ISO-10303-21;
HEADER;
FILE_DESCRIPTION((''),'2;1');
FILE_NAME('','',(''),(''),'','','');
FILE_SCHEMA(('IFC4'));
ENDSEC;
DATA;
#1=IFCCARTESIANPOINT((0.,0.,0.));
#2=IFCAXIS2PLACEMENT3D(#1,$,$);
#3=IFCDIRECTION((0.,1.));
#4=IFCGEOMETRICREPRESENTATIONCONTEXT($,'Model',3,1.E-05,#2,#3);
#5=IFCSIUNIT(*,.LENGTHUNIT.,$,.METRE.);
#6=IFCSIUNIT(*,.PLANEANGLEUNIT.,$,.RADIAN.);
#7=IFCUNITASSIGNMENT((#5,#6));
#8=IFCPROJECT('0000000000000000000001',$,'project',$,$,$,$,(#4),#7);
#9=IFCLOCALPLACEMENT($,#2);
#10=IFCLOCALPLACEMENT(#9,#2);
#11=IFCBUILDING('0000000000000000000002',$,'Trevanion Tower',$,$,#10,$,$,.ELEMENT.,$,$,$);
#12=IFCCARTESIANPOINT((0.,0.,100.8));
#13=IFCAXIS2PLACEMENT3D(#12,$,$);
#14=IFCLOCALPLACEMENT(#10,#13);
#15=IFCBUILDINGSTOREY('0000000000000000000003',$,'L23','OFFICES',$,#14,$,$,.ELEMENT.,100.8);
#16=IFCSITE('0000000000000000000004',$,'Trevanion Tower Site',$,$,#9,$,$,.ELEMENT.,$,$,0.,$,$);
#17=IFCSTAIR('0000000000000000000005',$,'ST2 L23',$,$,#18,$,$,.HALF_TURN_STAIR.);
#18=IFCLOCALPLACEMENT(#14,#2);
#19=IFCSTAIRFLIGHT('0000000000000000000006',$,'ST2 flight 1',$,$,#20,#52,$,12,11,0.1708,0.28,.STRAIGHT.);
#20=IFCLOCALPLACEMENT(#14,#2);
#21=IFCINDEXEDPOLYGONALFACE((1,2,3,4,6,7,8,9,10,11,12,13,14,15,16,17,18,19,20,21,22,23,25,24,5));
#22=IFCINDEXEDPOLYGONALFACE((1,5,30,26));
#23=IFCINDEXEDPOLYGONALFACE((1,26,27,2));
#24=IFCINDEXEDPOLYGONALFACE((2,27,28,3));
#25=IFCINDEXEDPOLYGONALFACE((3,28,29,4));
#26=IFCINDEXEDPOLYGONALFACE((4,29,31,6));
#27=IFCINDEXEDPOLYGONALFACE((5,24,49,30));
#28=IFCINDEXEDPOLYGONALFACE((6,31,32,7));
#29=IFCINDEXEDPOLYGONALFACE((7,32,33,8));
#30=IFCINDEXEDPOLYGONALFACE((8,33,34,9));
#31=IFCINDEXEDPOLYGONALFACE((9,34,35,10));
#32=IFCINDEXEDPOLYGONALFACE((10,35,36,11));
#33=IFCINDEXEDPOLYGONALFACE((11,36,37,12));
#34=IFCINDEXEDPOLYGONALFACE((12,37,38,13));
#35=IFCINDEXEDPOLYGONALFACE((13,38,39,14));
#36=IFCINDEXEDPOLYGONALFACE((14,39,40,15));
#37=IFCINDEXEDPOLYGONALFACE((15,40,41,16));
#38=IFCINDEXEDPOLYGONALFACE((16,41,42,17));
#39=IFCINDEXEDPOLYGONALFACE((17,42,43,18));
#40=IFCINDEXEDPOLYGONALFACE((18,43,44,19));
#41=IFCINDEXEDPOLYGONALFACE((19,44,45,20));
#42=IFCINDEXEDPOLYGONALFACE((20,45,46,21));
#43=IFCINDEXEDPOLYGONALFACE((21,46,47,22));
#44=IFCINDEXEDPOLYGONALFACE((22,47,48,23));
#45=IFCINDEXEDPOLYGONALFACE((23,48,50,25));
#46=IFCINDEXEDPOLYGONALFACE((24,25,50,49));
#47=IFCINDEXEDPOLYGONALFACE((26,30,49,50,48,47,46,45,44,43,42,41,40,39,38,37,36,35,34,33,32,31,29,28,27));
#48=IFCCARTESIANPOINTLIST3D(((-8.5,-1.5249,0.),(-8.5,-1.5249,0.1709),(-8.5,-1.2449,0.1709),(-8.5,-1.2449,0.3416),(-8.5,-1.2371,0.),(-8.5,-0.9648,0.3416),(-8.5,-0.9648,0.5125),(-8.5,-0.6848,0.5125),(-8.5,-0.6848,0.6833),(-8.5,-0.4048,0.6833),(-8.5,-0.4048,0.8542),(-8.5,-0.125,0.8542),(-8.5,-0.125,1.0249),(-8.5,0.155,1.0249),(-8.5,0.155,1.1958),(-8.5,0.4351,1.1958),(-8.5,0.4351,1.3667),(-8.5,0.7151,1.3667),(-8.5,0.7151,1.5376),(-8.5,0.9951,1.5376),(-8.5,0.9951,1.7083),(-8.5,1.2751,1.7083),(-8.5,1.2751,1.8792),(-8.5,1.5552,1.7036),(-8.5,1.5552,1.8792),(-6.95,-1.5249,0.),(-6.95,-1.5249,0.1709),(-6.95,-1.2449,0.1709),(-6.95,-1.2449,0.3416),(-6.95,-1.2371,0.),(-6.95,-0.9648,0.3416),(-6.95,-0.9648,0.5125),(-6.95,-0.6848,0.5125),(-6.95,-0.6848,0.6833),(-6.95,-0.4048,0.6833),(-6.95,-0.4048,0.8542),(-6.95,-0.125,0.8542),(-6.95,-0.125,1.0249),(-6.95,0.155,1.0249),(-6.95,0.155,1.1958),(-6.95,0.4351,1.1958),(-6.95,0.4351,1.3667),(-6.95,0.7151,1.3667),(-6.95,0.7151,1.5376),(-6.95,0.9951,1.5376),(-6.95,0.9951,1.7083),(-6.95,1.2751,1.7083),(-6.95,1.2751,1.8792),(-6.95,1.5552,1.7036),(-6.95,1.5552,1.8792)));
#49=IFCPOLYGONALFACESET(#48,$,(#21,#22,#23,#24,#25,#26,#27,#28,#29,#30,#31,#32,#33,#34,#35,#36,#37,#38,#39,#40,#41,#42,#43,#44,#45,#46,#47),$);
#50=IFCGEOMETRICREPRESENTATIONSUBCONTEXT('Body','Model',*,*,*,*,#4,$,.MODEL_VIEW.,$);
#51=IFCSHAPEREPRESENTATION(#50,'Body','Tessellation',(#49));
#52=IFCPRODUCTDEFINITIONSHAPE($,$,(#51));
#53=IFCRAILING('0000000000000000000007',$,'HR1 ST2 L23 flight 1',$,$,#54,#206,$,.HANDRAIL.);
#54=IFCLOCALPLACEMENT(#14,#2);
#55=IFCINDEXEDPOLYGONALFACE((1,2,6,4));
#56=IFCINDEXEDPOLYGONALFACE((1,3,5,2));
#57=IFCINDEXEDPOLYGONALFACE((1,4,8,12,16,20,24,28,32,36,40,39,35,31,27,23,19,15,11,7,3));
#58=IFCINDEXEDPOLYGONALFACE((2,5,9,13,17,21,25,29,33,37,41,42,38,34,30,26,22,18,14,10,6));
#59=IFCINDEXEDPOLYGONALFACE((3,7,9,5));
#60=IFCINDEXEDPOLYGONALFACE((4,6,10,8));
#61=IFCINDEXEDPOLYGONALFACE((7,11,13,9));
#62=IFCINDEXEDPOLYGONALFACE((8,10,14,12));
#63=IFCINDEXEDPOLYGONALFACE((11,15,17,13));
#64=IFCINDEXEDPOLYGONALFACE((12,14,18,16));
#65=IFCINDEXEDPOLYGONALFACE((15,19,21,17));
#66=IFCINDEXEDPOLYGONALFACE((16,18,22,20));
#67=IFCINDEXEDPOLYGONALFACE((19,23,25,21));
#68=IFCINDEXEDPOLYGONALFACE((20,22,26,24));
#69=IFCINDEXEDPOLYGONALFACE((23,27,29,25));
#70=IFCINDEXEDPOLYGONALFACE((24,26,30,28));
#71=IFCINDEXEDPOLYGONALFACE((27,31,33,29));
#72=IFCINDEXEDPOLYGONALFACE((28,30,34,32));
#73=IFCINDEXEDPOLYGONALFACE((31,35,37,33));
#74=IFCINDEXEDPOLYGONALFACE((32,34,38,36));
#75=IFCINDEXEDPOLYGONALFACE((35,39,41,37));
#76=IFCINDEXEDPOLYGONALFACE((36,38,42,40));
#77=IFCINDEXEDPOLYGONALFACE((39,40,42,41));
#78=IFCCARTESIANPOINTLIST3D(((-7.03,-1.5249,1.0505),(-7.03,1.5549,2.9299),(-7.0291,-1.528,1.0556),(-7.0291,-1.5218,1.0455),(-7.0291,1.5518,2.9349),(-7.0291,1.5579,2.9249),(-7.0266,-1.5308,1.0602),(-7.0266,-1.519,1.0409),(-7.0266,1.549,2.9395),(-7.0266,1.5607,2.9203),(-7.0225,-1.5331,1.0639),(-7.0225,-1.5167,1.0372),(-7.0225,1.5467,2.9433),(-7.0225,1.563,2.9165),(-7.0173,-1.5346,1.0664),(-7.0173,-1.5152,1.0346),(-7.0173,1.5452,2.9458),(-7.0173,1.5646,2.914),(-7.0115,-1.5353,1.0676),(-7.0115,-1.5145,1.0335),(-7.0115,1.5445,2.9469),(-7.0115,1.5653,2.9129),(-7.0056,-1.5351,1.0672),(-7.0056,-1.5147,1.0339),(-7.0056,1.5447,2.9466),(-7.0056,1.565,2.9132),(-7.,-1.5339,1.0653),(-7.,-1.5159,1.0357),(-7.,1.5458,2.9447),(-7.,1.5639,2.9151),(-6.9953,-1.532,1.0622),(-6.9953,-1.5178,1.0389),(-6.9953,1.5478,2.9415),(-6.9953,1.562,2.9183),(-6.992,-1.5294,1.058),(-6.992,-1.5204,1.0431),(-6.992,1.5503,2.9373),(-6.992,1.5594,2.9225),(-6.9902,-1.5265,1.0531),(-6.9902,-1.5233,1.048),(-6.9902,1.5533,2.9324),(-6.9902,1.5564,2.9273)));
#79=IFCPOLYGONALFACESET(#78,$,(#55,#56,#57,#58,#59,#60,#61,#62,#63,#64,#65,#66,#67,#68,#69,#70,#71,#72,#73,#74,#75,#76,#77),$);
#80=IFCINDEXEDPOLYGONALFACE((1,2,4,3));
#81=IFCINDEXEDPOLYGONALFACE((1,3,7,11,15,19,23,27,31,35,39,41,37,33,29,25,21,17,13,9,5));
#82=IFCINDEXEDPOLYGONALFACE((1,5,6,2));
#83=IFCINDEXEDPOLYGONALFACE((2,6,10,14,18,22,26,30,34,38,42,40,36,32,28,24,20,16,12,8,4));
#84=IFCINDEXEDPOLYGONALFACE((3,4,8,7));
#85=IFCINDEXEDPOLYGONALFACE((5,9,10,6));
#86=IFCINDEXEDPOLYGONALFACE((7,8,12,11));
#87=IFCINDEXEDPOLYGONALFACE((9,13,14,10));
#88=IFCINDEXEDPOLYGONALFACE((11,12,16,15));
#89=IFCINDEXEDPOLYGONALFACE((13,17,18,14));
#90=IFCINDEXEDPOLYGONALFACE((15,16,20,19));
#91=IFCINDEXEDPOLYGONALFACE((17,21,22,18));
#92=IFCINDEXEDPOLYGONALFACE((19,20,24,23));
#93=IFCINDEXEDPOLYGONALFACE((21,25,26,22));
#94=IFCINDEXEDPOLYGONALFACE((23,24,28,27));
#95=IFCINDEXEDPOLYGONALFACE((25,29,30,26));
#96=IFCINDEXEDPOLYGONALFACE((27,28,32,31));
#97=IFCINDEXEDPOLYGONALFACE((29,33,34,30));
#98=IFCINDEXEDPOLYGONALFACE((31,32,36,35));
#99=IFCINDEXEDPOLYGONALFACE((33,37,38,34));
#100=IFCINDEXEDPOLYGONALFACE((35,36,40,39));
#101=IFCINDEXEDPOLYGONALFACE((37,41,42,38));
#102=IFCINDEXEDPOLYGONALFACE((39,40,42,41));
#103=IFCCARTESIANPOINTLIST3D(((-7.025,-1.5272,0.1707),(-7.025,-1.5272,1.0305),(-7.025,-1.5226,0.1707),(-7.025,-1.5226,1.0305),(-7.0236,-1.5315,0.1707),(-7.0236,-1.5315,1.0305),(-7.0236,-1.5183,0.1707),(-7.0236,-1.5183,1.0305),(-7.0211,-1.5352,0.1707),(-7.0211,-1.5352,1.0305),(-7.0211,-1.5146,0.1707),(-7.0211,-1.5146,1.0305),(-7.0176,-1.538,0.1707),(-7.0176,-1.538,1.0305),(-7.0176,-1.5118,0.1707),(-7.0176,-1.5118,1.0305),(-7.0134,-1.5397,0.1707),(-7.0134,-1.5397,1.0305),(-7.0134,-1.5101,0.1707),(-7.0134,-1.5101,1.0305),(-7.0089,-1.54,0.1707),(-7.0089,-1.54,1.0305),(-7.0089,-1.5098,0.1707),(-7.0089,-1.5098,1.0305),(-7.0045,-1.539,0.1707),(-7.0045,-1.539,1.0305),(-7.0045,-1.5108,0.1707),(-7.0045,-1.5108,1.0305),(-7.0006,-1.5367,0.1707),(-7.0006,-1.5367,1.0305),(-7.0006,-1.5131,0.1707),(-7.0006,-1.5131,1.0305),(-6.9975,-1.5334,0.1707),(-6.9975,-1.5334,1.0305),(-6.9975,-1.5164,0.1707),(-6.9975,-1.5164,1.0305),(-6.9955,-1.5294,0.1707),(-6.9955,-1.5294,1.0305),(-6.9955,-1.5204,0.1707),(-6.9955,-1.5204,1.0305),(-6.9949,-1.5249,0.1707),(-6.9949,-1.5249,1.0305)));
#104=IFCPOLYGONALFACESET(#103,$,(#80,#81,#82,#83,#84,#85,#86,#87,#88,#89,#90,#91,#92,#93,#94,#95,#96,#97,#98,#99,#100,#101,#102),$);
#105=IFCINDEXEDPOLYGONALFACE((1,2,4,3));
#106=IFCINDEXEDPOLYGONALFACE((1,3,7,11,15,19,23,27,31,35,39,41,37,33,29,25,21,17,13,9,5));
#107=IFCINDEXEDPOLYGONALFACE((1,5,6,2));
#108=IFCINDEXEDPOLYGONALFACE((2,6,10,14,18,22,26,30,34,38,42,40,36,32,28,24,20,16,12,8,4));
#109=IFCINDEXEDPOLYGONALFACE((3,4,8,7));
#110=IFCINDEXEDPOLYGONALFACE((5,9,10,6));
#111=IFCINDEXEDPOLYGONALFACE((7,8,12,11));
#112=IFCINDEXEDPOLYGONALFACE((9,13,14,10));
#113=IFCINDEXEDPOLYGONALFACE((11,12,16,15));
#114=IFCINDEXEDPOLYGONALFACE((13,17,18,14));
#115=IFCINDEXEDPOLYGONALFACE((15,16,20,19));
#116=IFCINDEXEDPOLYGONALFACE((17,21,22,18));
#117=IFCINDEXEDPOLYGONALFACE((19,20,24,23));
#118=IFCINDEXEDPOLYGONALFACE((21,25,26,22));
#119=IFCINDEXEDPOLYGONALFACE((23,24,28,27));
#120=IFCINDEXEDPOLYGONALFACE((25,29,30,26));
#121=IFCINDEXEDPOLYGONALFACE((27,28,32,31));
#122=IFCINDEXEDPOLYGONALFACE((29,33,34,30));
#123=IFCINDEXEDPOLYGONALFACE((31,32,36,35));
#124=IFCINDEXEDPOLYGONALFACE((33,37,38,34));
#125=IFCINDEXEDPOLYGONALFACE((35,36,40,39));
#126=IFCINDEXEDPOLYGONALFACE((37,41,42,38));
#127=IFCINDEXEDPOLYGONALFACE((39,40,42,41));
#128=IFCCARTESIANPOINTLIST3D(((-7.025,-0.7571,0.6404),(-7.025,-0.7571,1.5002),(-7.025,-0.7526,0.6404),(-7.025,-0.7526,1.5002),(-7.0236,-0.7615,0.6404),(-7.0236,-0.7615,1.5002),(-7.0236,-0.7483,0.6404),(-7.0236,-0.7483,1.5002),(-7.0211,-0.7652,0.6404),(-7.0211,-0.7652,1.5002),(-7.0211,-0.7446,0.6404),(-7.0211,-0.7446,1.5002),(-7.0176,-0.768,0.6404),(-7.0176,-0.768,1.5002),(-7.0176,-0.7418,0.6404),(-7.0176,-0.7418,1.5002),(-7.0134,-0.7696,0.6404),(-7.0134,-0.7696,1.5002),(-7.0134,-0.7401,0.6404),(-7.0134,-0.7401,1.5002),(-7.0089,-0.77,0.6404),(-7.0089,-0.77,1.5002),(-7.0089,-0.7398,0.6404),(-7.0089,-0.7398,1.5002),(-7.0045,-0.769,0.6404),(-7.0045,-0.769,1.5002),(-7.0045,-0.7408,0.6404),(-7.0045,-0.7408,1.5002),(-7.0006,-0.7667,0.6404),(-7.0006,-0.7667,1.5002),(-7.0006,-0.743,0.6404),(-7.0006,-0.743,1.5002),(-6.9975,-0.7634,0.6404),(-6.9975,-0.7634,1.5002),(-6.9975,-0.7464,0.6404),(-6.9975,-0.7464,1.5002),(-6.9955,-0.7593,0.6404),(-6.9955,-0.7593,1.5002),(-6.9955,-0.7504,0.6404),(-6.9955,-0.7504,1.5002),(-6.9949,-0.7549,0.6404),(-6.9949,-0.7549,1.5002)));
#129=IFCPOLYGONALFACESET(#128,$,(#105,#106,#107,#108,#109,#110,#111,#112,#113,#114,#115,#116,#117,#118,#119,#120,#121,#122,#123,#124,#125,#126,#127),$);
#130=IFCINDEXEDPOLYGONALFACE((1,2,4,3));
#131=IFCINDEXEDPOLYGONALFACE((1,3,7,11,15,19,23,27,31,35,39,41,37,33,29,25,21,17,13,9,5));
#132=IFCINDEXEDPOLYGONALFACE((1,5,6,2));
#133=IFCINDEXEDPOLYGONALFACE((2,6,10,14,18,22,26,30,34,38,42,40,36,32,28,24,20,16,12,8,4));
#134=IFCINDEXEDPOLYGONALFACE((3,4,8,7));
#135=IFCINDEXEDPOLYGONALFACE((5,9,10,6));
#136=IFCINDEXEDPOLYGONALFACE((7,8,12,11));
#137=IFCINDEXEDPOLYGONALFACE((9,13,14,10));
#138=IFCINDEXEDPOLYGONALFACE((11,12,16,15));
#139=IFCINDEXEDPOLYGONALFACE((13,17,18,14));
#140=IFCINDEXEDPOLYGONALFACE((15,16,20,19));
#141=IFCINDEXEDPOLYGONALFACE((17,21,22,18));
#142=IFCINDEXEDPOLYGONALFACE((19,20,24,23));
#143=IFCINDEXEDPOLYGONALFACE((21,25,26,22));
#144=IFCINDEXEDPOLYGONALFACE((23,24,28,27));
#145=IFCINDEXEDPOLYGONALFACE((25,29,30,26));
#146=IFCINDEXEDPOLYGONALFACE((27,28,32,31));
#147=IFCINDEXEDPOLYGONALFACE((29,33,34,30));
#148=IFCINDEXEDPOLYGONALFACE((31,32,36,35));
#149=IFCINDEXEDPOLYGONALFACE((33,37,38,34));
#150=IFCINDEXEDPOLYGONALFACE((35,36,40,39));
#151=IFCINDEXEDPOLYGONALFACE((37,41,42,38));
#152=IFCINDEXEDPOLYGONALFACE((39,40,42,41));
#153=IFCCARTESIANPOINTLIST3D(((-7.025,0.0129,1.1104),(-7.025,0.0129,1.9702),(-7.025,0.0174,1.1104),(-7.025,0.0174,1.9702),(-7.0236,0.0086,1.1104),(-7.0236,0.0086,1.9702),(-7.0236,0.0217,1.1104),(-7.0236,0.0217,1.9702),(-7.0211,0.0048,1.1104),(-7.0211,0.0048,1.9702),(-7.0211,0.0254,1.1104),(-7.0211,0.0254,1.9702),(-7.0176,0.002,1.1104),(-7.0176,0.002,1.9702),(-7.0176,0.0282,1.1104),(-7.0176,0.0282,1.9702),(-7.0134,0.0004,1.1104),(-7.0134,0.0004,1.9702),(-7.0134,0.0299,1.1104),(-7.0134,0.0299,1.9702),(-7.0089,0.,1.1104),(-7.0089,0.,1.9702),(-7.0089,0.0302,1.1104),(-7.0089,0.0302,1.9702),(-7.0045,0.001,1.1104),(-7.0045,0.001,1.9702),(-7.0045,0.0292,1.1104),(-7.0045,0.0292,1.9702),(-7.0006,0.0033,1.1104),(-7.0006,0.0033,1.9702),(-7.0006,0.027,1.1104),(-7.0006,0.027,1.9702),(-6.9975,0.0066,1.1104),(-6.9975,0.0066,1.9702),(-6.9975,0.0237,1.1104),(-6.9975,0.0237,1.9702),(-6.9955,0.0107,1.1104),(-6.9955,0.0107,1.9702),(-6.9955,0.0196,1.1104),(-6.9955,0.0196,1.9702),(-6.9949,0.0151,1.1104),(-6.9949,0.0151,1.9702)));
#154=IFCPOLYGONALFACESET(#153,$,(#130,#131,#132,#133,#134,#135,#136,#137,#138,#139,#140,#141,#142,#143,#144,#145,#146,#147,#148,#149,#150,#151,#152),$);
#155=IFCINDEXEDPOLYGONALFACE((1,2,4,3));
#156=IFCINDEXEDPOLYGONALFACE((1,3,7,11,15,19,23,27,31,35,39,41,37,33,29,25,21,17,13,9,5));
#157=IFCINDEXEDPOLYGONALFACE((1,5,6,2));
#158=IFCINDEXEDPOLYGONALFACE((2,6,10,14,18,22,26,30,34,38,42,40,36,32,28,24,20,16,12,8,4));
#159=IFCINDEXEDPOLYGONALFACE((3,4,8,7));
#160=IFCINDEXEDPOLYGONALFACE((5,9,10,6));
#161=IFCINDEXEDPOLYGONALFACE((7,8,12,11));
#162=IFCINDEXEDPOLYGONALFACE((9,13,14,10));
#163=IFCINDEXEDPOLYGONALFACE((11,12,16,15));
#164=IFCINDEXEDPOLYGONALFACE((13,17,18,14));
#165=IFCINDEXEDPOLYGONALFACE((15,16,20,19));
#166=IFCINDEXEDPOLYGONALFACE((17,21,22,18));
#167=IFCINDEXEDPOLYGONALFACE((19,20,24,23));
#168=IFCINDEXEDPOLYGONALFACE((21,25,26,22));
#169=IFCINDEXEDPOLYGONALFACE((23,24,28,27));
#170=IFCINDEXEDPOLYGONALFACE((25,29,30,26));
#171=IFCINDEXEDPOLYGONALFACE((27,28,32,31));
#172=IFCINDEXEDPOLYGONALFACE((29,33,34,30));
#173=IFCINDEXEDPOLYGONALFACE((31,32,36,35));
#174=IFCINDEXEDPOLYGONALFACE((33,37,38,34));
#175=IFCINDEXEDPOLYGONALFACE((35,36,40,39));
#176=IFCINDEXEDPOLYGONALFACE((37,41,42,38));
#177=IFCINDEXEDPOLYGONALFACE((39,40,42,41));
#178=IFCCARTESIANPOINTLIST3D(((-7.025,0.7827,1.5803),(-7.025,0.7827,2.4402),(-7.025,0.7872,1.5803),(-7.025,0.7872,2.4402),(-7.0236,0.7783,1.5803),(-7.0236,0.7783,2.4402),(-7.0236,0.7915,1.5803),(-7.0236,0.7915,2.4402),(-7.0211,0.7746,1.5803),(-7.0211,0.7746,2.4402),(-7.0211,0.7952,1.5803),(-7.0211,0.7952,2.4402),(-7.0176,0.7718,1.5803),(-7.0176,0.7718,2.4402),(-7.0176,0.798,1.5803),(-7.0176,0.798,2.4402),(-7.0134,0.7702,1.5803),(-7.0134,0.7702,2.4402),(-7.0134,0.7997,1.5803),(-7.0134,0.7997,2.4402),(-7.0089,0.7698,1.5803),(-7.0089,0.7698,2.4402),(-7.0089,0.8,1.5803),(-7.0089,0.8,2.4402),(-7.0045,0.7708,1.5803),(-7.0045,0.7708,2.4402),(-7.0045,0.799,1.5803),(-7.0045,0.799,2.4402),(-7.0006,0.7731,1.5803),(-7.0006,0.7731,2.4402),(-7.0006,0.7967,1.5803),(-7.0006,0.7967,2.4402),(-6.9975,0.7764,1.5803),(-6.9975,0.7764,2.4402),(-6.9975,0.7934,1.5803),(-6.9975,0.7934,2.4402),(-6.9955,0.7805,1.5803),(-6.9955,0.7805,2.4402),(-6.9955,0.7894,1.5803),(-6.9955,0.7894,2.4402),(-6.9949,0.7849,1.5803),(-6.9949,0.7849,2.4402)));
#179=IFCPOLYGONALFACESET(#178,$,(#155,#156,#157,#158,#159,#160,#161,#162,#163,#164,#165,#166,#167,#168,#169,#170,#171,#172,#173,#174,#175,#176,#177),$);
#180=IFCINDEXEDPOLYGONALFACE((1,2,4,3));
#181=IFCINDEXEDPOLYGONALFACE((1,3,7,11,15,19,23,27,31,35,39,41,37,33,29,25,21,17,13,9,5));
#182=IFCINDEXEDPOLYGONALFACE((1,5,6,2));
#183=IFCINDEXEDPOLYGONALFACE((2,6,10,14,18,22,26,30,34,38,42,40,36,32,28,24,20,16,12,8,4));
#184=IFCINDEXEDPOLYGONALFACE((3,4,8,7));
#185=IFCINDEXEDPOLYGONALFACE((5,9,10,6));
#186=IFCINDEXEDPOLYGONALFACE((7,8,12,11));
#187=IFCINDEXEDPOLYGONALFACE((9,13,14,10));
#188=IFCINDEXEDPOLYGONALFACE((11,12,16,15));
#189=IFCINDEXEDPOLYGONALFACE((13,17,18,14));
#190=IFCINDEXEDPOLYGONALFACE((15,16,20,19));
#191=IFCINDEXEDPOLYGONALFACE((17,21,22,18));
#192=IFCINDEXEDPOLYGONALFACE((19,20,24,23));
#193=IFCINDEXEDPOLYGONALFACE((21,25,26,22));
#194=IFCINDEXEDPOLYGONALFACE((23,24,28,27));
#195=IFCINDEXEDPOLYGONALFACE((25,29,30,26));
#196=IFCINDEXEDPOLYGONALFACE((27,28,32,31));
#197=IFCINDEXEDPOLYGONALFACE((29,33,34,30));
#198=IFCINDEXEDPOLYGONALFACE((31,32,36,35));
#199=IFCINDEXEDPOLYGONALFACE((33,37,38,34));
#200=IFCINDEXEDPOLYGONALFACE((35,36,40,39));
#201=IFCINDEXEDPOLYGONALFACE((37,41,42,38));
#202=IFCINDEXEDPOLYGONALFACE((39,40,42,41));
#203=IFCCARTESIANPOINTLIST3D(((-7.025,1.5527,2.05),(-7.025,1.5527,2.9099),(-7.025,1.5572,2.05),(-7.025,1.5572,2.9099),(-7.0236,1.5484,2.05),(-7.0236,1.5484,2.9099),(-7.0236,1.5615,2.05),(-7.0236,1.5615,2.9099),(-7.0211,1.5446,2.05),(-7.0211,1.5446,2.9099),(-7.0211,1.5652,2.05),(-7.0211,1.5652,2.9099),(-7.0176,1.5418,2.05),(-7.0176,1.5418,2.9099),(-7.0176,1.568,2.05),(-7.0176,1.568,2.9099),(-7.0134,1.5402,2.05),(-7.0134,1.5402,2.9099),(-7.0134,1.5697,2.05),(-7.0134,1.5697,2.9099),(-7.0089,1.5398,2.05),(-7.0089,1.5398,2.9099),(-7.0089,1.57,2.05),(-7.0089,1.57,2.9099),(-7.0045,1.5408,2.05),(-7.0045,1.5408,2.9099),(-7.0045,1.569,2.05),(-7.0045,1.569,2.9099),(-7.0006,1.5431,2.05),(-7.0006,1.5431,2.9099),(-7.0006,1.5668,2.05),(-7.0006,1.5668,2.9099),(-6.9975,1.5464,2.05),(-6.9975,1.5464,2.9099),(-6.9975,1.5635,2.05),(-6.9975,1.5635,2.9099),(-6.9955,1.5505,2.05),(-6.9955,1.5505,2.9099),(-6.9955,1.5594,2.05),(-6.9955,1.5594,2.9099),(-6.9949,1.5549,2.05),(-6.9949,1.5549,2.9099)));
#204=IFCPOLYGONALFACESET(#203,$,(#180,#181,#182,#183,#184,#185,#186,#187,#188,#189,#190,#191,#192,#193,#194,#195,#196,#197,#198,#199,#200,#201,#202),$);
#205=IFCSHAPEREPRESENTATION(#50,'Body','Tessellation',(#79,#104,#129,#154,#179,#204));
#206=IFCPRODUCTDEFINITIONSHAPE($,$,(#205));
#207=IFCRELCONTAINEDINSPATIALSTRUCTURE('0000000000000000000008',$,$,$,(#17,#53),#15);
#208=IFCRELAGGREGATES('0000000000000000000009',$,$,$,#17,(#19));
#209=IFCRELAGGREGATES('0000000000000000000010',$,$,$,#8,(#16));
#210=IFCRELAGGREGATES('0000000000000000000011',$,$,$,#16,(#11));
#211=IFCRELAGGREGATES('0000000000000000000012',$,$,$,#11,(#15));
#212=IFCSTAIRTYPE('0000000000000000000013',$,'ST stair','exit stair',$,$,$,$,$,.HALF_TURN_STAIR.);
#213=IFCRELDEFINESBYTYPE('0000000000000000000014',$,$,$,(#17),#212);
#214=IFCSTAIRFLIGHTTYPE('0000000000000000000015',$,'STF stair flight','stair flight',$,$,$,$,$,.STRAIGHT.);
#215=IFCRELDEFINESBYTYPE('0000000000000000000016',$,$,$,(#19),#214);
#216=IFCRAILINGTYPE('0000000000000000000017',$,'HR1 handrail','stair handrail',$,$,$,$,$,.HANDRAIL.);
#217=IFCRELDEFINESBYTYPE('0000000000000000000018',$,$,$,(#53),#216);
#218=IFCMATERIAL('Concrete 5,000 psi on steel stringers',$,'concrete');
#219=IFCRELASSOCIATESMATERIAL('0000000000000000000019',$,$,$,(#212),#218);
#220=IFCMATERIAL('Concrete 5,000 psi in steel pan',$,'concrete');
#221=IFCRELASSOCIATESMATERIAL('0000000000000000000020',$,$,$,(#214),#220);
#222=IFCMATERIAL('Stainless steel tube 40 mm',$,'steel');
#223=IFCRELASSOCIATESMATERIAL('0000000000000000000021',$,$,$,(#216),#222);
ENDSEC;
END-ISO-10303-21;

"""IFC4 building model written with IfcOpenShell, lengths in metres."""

from ifc_helpers import new_model, si_unit, direction, frame, origin, origin_2d, place, context, subcontext, project, spatial, polyline, circle, outline, extrude, material, type_object, element, aggregate, save


model = new_model("IFC4")

# Units and contexts
model_context = context("Model", 3, precision=1e-05, world=origin(), true_north=direction((0.0, 1.0)))
body_context = subcontext(model_context, "Body", "Model", "MODEL_VIEW")
ifc_project = project(units=[si_unit("LENGTHUNIT", "METRE"), si_unit("PLANEANGLEUNIT", "RADIAN")], contexts=[model_context])

# Site, building, storey
site_placement = place(None, origin())
site = spatial("IfcSite", under=ifc_project, at=site_placement, Name="Trevanion Tower Site", CompositionType="ELEMENT", RefElevation=0.0)
building_placement = place(site_placement, origin())
building = spatial("IfcBuilding", under=site, at=building_placement, Name="Trevanion Tower", CompositionType="ELEMENT")
storey_placement = place(building_placement, frame((0.0, 0.0, 100.8)))
storey = spatial("IfcBuildingStorey", under=building, at=storey_placement, Name="L23", Description="OFFICES", CompositionType="ELEMENT", Elevation=100.8)

# Stair, stair flight
ifc_material_1 = material(Name="Concrete 5,000 psi on steel stringers", Category="concrete")
stair_type = type_object("IfcStairType", Name="ST stair", Description="exit stair", PredefinedType="HALF_TURN_STAIR", material=ifc_material_1)
stair_placement = place(storey_placement, origin())
stair = element("IfcStair", 1, at=stair_placement, inside=storey, type_object=stair_type, Name="ST2 L23", PredefinedType="HALF_TURN_STAIR")
ifc_material_2 = material(Name="Concrete 5,000 psi in steel pan", Category="concrete")
stair_flight_type = type_object("IfcStairFlightType", Name="STF stair flight", Description="stair flight", PredefinedType="STRAIGHT", material=ifc_material_2)
stair_flight_placement = place(storey_placement, frame((-7.7251, -1.5249, 0.0), z_axis=(0.0, 0.0, 1.0), x_axis=(0.0, 1.0, 0.0)))
stair_flight = element("IfcStairFlight", 2, at=stair_flight_placement, type_object=stair_flight_type, Name="ST2 flight 1", NumberOfRisers=12, NumberOfTreads=11, PredefinedType="STRAIGHT", RiserHeight=0.1708, TreadLength=0.28, context=body_context, shape_type="SweptSolid", body=[
    extrude(outline(polyline([(0.0, 0.0), (0.0, 0.1709), (0.28, 0.1709), (0.28, 0.3416), (0.5601, 0.3416), (0.5601, 0.5125), (0.8401, 0.5125), (0.8401, 0.6833), (1.1201, 0.6833), (1.1201, 0.8542), (1.3999, 0.8542), (1.3999, 1.0249), (1.6799, 1.0249), (1.6799, 1.1958), (1.96, 1.1958), (1.96, 1.3667), (2.24, 1.3667), (2.24, 1.5376), (2.52, 1.5376), (2.52, 1.7083), (2.8, 1.7083), (2.8, 1.8792), (3.0801, 1.8792), (3.0801, 2.05), (3.0801, 1.7036), (0.2878, 0.0), (0.0, 0.0)])), frame((0.0, 0.7749, 0.0), z_axis=(0.0, -1.0, 0.0), x_axis=(1.0, 0.0, 0.0)), (0.0, 0.0, 1.0), 1.55),
])
aggregate(stair, [stair_flight])

# Railing
ifc_material_3 = material(Name="Stainless steel tube 40 mm", Category="steel")
railing_type = type_object("IfcRailingType", Name="HR1 handrail", Description="stair handrail", PredefinedType="HANDRAIL", material=ifc_material_3)
for number, where, name in (
    (3, (-7.01, -1.5249, 0.1707), "HR1 ST2 L23 flight 1"),
):
    element("IfcRailing", number, at=place(storey_placement, frame(where)), inside=storey, type_object=railing_type, Name=name, PredefinedType="HANDRAIL", context=body_context, shape_type="SweptSolid", body=[
        extrude(circle(Radius=0.02, at=origin_2d()), frame((0.0, 0.0, 0.8799), z_axis=(0.0, 0.853618, 0.5209), x_axis=(-1.0, 0.0, 0.0)), (0.0, 0.0, 1.0), 3.6079),
        extrude(circle(Radius=0.0151, at=origin_2d()), origin(), (0.0, 0.0, 1.0), 0.8599),
        extrude(circle(Radius=0.0151, at=origin_2d()), frame((0.0, 0.77, 0.4697)), (0.0, 0.0, 1.0), 0.8599),
        extrude(circle(Radius=0.0151, at=origin_2d()), frame((0.0, 1.54, 0.9397)), (0.0, 0.0, 1.0), 0.8599),
        extrude(circle(Radius=0.0151, at=origin_2d()), frame((0.0, 2.3098, 1.4097)), (0.0, 0.0, 1.0), 0.8599),
        extrude(circle(Radius=0.0151, at=origin_2d()), frame((0.0, 3.0798, 1.8794)), (0.0, 0.0, 1.0), 0.8599),
    ])

save(model, "model.ifc")
